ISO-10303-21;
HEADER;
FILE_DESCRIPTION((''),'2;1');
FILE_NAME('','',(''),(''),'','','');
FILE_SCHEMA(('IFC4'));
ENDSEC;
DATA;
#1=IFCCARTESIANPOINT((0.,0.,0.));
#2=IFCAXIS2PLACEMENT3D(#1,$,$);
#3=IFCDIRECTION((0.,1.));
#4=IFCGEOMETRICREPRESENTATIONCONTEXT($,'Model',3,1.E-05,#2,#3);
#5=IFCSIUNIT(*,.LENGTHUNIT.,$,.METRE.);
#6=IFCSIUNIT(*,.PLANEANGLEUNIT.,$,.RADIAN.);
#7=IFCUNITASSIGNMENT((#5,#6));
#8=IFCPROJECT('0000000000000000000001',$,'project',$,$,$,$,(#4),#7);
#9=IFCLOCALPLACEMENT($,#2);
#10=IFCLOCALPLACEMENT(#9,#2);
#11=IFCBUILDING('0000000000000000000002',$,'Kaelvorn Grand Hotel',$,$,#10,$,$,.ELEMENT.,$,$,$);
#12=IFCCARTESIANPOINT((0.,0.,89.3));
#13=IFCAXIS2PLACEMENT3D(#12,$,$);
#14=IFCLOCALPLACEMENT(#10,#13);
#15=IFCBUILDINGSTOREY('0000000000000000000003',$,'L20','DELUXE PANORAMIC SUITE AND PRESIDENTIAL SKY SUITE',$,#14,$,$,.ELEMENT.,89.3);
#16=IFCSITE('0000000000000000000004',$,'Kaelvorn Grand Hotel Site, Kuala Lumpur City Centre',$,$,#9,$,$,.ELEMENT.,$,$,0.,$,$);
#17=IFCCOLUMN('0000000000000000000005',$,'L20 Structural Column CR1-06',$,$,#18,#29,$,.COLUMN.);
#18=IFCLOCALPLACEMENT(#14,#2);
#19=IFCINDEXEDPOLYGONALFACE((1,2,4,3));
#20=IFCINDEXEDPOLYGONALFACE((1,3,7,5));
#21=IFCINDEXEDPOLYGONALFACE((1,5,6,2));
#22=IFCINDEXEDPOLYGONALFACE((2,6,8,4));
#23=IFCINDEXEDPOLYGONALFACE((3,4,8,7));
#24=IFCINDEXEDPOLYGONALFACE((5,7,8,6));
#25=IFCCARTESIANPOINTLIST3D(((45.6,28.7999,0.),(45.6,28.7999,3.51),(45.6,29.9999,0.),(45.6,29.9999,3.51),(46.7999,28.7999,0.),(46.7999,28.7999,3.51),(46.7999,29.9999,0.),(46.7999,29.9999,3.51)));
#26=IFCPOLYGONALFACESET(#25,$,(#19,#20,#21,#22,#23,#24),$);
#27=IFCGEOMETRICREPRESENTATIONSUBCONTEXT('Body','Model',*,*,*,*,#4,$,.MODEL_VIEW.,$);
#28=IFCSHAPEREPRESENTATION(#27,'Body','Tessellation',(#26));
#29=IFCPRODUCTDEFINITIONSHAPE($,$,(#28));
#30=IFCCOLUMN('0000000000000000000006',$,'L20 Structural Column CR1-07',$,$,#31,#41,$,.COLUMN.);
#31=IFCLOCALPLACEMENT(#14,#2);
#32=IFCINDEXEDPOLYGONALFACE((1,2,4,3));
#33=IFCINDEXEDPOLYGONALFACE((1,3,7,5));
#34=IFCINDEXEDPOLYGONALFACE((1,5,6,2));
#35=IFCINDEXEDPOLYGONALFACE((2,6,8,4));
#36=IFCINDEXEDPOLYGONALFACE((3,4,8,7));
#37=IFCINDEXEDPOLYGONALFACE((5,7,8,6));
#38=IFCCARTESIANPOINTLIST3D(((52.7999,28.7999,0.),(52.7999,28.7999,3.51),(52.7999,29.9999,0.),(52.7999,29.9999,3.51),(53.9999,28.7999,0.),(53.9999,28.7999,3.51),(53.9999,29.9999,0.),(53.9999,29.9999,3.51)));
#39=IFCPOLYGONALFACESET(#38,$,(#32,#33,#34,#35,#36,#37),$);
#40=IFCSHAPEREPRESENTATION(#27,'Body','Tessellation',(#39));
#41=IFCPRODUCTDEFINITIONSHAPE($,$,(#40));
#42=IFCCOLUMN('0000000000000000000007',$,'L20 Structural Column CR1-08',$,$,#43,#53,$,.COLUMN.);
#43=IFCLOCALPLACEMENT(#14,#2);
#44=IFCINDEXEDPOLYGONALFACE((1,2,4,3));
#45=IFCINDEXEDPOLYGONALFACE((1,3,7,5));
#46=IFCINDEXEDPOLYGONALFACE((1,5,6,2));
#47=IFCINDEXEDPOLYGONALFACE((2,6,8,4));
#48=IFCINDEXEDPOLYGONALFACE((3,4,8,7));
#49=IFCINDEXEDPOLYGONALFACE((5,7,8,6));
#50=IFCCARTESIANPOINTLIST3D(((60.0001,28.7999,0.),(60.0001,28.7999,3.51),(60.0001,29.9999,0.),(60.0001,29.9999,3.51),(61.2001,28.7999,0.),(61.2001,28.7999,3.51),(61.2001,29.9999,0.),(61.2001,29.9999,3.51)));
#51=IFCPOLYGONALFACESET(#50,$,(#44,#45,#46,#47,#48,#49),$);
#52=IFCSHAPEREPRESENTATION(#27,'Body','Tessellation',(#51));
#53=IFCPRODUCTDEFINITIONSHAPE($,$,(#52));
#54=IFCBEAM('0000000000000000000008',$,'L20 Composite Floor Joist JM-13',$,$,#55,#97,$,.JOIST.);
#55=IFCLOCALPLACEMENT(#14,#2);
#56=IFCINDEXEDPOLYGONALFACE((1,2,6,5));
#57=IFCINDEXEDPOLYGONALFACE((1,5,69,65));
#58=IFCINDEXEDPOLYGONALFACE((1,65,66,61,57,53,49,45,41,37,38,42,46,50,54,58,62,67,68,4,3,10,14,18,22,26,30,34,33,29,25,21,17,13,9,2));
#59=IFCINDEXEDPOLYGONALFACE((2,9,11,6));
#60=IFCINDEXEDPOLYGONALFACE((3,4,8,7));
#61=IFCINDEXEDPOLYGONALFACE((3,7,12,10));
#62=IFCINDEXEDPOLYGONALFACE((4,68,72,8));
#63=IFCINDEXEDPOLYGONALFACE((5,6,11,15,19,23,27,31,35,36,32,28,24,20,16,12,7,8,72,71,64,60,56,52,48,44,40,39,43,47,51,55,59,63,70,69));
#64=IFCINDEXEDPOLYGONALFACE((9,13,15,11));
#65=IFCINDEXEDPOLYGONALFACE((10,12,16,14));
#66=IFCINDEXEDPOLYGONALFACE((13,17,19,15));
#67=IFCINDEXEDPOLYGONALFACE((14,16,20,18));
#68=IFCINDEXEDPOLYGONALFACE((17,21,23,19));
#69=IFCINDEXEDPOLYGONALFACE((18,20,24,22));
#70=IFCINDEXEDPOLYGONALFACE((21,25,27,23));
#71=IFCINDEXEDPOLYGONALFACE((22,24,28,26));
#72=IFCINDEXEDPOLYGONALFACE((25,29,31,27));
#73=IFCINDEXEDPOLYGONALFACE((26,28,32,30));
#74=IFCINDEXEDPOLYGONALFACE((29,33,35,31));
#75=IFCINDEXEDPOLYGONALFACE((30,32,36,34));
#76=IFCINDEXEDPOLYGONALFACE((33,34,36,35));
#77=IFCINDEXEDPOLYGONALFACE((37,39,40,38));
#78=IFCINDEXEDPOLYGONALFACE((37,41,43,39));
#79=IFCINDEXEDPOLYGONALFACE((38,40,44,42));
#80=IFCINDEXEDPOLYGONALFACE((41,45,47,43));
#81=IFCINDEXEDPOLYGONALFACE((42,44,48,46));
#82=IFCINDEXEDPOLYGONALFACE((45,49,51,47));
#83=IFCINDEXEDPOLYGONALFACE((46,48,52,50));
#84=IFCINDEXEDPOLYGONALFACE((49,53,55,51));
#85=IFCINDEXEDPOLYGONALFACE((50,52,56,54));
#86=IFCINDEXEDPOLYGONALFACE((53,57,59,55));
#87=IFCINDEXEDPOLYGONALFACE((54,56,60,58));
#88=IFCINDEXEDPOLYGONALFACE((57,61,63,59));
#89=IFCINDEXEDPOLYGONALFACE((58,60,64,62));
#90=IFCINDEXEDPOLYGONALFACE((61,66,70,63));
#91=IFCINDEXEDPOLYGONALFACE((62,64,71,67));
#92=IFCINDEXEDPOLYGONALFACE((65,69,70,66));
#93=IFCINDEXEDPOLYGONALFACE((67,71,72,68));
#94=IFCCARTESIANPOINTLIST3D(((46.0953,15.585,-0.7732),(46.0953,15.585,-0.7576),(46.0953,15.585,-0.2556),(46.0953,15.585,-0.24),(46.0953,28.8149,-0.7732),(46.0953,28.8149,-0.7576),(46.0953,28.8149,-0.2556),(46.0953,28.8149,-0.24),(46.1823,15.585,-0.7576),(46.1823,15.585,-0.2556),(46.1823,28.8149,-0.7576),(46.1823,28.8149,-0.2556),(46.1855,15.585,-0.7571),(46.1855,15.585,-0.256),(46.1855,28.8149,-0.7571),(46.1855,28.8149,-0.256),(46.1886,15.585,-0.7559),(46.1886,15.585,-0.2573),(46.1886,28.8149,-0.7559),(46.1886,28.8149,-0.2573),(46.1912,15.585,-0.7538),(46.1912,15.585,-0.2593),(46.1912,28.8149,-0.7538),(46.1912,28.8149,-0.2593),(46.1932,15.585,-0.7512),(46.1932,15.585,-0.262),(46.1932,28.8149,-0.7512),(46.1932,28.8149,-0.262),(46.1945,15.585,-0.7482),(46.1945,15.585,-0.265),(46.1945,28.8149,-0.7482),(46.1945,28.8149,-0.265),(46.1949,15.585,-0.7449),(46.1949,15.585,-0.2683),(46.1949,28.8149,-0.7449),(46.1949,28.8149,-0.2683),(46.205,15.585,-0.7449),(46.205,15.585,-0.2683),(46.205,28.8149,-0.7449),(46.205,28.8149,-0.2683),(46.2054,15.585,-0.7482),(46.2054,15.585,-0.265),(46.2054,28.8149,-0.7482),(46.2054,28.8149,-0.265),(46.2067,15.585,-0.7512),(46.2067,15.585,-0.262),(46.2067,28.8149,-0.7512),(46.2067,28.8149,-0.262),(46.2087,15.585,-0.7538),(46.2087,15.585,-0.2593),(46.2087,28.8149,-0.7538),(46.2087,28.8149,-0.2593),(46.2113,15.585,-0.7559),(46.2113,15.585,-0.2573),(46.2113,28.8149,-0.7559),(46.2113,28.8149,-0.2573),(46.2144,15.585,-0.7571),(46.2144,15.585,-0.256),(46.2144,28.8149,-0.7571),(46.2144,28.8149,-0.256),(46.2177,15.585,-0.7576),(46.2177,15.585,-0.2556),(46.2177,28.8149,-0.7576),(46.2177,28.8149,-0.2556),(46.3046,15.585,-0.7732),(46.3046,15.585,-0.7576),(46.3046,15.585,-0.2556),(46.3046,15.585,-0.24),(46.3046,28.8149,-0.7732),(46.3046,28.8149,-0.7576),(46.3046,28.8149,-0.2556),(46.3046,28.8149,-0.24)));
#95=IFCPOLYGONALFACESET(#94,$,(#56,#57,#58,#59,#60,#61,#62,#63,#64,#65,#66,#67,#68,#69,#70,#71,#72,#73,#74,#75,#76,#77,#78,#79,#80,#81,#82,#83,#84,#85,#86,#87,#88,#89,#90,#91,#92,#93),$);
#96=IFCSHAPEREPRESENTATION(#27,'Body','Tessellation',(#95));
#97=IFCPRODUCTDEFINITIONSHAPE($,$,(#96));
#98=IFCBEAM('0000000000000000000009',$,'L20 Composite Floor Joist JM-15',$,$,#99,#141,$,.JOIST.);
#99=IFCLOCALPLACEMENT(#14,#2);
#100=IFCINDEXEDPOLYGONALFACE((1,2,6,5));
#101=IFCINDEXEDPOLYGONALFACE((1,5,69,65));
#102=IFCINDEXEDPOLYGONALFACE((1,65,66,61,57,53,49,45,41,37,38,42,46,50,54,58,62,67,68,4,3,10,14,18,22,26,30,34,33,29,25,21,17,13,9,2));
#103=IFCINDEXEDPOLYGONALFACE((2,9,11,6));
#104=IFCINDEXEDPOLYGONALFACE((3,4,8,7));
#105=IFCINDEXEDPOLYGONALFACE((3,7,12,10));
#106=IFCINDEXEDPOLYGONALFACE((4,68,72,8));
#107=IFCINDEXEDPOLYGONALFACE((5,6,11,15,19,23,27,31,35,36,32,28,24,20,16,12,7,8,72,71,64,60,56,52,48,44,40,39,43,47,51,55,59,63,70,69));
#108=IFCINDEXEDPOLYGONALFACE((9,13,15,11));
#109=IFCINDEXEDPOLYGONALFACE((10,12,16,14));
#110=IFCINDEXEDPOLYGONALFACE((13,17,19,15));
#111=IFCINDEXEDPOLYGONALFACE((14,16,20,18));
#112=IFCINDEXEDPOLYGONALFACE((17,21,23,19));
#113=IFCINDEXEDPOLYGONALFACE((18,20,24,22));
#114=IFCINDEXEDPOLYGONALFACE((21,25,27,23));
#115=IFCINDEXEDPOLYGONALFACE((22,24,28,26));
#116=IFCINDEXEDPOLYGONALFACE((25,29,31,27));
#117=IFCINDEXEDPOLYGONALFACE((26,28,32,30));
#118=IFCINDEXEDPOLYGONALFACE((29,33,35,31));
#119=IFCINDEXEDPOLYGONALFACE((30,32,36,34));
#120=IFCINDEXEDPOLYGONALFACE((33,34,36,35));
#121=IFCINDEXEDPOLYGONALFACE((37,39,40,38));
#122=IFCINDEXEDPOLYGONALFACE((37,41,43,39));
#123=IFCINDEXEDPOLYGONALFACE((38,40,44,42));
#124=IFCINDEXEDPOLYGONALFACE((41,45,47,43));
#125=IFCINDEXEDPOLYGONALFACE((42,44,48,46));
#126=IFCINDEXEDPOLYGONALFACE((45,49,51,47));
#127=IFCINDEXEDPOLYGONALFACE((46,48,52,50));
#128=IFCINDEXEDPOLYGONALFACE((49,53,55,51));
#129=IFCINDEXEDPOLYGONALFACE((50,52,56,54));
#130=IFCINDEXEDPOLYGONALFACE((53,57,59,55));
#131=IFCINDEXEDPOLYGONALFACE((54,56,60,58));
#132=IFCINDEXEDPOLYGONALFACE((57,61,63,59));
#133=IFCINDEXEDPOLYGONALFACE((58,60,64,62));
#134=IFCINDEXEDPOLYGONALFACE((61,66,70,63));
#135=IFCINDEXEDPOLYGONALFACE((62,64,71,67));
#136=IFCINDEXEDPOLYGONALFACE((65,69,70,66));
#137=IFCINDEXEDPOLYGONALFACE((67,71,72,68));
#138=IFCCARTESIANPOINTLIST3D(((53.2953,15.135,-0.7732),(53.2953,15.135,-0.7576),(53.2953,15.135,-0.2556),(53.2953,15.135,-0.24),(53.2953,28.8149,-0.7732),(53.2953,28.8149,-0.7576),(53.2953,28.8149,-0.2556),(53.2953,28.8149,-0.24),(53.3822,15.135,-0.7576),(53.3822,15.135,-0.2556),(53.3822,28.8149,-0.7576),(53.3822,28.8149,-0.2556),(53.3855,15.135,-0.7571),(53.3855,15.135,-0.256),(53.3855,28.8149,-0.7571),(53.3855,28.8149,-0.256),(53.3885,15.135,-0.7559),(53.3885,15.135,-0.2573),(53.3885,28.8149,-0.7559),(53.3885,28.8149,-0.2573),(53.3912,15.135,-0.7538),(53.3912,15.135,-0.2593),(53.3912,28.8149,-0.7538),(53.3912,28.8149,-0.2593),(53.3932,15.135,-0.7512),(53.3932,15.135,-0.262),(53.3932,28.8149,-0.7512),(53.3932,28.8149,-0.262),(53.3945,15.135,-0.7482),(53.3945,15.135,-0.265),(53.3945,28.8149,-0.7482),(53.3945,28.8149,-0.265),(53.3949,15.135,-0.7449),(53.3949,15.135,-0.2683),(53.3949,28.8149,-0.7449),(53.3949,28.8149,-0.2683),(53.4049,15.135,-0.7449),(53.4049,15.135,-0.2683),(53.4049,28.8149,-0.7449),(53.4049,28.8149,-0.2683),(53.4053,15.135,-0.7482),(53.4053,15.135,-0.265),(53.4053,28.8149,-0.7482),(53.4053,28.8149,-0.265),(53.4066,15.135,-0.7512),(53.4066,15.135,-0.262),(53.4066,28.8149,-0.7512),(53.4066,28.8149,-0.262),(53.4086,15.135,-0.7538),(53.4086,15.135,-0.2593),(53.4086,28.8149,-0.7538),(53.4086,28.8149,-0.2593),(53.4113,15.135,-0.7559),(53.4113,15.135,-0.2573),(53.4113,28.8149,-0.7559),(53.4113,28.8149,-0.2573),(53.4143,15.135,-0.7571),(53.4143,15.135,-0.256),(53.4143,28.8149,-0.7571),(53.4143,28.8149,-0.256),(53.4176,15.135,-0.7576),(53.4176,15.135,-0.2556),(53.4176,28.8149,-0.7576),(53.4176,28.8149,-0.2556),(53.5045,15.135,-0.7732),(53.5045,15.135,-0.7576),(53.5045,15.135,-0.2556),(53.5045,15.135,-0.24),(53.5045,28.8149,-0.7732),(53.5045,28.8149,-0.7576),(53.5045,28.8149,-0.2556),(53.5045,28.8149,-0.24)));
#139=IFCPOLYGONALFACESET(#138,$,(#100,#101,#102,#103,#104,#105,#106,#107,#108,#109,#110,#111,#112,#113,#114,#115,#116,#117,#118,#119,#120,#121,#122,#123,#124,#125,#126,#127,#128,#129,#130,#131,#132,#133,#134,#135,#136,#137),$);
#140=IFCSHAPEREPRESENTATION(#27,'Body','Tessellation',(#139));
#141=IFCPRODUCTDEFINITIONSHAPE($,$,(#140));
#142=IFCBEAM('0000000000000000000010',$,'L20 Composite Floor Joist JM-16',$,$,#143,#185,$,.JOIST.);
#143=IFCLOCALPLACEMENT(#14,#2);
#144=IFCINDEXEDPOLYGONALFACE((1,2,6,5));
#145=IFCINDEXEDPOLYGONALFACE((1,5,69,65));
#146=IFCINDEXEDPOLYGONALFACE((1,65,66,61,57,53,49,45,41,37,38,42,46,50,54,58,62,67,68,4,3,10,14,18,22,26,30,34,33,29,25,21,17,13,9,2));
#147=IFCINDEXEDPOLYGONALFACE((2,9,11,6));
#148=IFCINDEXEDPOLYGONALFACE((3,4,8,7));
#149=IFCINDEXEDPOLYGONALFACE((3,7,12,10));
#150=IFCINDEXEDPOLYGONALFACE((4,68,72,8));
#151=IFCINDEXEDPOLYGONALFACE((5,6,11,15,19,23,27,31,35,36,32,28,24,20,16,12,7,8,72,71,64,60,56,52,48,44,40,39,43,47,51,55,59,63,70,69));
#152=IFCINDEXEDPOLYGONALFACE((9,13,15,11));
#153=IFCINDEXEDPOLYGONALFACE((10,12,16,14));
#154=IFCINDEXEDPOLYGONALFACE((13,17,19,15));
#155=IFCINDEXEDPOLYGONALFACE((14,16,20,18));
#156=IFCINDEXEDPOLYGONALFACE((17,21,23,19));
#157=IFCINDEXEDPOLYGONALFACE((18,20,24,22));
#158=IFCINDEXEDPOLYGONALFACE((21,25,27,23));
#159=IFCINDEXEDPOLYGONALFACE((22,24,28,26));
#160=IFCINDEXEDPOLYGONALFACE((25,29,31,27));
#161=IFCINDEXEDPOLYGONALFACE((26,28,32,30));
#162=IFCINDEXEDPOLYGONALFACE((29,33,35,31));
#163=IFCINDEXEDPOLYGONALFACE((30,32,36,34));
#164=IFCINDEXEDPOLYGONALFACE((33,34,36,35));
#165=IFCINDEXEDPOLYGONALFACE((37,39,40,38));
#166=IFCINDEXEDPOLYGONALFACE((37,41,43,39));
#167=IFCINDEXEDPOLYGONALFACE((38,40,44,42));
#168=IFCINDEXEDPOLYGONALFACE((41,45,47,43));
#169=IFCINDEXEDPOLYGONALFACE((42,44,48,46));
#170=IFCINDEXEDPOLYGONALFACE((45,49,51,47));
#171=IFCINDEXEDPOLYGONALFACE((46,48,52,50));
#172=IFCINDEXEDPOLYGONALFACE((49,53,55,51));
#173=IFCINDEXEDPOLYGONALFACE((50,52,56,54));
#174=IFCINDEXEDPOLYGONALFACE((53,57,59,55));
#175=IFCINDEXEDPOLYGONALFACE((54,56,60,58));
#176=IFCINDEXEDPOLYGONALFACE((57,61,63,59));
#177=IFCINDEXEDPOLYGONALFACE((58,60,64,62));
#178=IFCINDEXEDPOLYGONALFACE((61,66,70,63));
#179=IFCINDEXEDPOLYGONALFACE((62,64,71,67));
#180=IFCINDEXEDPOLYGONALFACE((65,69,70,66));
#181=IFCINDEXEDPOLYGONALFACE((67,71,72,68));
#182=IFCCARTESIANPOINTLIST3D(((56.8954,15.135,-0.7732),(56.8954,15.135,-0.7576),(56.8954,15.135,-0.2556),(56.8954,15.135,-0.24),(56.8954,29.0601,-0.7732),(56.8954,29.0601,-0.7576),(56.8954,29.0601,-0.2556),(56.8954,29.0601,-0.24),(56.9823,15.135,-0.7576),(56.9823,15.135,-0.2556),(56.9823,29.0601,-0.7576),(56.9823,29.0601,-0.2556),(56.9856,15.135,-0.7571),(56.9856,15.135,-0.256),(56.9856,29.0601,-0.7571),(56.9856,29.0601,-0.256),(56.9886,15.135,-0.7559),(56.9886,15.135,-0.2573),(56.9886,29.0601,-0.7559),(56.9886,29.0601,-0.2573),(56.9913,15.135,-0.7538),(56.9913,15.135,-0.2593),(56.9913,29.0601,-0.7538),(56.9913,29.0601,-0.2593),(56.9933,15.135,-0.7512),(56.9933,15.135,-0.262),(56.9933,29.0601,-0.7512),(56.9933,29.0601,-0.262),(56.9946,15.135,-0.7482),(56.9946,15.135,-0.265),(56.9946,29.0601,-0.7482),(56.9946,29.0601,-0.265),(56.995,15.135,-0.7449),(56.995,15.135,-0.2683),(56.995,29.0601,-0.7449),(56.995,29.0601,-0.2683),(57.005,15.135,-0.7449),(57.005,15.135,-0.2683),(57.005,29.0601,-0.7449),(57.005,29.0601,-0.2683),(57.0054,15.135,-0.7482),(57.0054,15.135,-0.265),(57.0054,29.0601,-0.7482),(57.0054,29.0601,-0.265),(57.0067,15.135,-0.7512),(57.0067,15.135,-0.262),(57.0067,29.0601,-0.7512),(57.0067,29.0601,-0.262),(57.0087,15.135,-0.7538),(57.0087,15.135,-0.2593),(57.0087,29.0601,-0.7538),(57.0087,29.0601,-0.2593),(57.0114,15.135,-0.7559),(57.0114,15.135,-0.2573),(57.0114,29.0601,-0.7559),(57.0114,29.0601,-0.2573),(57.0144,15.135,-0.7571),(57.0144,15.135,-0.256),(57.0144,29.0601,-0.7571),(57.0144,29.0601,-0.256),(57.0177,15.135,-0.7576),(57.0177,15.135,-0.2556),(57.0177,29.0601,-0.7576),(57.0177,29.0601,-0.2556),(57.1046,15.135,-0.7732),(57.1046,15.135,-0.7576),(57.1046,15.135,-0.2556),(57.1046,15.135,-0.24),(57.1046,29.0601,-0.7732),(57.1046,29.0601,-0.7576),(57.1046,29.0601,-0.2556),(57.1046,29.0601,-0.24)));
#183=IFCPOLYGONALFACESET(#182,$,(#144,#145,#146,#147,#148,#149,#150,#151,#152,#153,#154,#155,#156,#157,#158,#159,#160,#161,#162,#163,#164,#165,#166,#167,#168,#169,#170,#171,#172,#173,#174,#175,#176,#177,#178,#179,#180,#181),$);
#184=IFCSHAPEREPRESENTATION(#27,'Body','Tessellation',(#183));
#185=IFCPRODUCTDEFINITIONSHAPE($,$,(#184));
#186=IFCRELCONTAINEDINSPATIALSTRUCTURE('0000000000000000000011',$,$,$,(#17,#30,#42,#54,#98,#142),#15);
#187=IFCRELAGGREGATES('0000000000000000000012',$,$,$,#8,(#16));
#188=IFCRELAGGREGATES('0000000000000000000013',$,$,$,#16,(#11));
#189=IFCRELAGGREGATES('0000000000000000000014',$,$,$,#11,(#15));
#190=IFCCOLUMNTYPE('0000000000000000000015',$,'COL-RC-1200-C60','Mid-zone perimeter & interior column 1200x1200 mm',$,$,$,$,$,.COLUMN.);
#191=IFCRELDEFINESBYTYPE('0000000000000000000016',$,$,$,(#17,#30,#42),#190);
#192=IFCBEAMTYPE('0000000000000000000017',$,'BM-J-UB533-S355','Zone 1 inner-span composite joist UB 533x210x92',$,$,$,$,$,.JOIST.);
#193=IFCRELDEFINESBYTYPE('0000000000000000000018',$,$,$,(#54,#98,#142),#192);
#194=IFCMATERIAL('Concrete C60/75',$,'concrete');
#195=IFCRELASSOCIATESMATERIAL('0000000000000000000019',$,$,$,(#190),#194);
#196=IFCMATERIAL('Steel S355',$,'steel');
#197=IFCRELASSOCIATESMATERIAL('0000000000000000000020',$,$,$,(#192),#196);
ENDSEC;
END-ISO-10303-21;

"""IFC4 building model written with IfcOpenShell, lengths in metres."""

from ifc_helpers import new_model, si_unit, direction, frame, origin, origin_2d, place, context, subcontext, project, spatial, rectangle, i_section, extrude, material, material_profile, profile_set, type_object, element, save


model = new_model("IFC4")

# Units and contexts
model_context = context("Model", 3, precision=1e-05, world=origin(), true_north=direction((0.0, 1.0)))
body_context = subcontext(model_context, "Body", "Model", "MODEL_VIEW")
ifc_project = project(units=[si_unit("LENGTHUNIT", "METRE"), si_unit("PLANEANGLEUNIT", "RADIAN")], contexts=[model_context])

# Site, building, storey
site_placement = place(None, origin())
site = spatial("IfcSite", under=ifc_project, at=site_placement, Name="Kaelvorn Grand Hotel Site, Kuala Lumpur City Centre", CompositionType="ELEMENT", RefElevation=0.0)
building_placement = place(site_placement, origin())
building = spatial("IfcBuilding", under=site, at=building_placement, Name="Kaelvorn Grand Hotel", CompositionType="ELEMENT")
storey_placement = place(building_placement, frame((0.0, 0.0, 89.3)))
storey = spatial("IfcBuildingStorey", under=building, at=storey_placement, Name="L20", Description="DELUXE PANORAMIC SUITE AND PRESIDENTIAL SKY SUITE", CompositionType="ELEMENT", Elevation=89.3)

# Columns
ifc_material_1 = material(Name="Concrete C60/75", Category="concrete")
ifc_material_profile_1 = material_profile(ifc_material_1, rectangle(XDim=1.2, YDim=1.2, at=origin_2d()), Name="RC COL 1200x1200")
ifc_profile_set_1 = profile_set([ifc_material_profile_1], Name="Concrete C60/75")
column_type = type_object("IfcColumnType", Name="COL-RC-1200-C60", Description="Mid-zone perimeter & interior column 1200x1200 mm", PredefinedType="COLUMN", material=ifc_profile_set_1)
for number, where, z_axis, x_axis, name in (
    (1, (46.2, 29.3999, 0.0), (0.0, 0.0, 1.0), (1.0, 0.0, 0.0), "L20 Structural Column CR1-06"),
    (2, (53.3999, 29.3999, 0.0), (0.0, 0.0, 1.0), (1.0, 0.0, 0.0), "L20 Structural Column CR1-07"),
    (3, (60.6001, 29.3999, 0.0), (0.0, 0.0, 1.0), (1.0, 0.0, 0.0), "L20 Structural Column CR1-08"),
):
    element("IfcColumn", number, at=place(storey_placement, frame(where, z_axis=z_axis, x_axis=x_axis)), inside=storey, type_object=column_type, Name=name, PredefinedType="COLUMN", context=body_context, shape_type="SweptSolid", body=[
        extrude(rectangle(XDim=1.2, YDim=1.2, at=origin_2d()), origin(), (0.0, 0.0, 1.0), 3.51),
    ])

# Beams
ifc_material_2 = material(Name="Steel S355", Category="steel")
ifc_material_profile_2 = material_profile(ifc_material_2, i_section(OverallWidth=0.2092, OverallDepth=0.5332, WebThickness=0.01, FlangeThickness=0.0156, FilletRadius=0.0127, at=origin_2d()), Name="UB 533x210x92")
ifc_profile_set_2 = profile_set([ifc_material_profile_2], Name="Steel S355")
beam_type_1 = type_object("IfcBeamType", Name="BM-J-UB533-S355", Description="Zone 1 inner-span composite joist UB 533x210x92", PredefinedType="JOIST", material=ifc_profile_set_2)
beam_1_placement = place(storey_placement, frame((46.2, 15.585, -0.5066), z_axis=(0.0, 1.0, 0.0), x_axis=(-1.0, 0.0, 0.0)))
element("IfcBeam", 4, at=beam_1_placement, inside=storey, type_object=beam_type_1, Name="L20 Composite Floor Joist JM-13", PredefinedType="JOIST", context=body_context, shape_type="SweptSolid", body=[
    extrude(i_section(OverallWidth=0.2092, OverallDepth=0.5332, WebThickness=0.01, FlangeThickness=0.0156, FilletRadius=0.0127, at=origin_2d()), origin(), (0.0, 0.0, 1.0), 13.23),
])
beam_2_placement = place(storey_placement, frame((53.3999, 15.135, -0.5066), z_axis=(0.0, 1.0, 0.0), x_axis=(-1.0, 0.0, 0.0)))
element("IfcBeam", 5, at=beam_2_placement, inside=storey, type_object=beam_type_1, Name="L20 Composite Floor Joist JM-15", PredefinedType="JOIST", context=body_context, shape_type="SweptSolid", body=[
    extrude(i_section(OverallWidth=0.2092, OverallDepth=0.5332, WebThickness=0.01, FlangeThickness=0.0156, FilletRadius=0.0127, at=origin_2d()), origin(), (0.0, 0.0, 1.0), 13.6799),
])
beam_3_placement = place(storey_placement, frame((57.0, 15.135, -0.5066), z_axis=(0.0, 1.0, 0.0), x_axis=(-1.0, 0.0, 0.0)))
element("IfcBeam", 6, at=beam_3_placement, inside=storey, type_object=beam_type_1, Name="L20 Composite Floor Joist JM-16", PredefinedType="JOIST", context=body_context, shape_type="SweptSolid", body=[
    extrude(i_section(OverallWidth=0.2092, OverallDepth=0.5332, WebThickness=0.01, FlangeThickness=0.0156, FilletRadius=0.0127, at=origin_2d()), origin(), (0.0, 0.0, 1.0), 13.925),
])

save(model, "model.ifc")
